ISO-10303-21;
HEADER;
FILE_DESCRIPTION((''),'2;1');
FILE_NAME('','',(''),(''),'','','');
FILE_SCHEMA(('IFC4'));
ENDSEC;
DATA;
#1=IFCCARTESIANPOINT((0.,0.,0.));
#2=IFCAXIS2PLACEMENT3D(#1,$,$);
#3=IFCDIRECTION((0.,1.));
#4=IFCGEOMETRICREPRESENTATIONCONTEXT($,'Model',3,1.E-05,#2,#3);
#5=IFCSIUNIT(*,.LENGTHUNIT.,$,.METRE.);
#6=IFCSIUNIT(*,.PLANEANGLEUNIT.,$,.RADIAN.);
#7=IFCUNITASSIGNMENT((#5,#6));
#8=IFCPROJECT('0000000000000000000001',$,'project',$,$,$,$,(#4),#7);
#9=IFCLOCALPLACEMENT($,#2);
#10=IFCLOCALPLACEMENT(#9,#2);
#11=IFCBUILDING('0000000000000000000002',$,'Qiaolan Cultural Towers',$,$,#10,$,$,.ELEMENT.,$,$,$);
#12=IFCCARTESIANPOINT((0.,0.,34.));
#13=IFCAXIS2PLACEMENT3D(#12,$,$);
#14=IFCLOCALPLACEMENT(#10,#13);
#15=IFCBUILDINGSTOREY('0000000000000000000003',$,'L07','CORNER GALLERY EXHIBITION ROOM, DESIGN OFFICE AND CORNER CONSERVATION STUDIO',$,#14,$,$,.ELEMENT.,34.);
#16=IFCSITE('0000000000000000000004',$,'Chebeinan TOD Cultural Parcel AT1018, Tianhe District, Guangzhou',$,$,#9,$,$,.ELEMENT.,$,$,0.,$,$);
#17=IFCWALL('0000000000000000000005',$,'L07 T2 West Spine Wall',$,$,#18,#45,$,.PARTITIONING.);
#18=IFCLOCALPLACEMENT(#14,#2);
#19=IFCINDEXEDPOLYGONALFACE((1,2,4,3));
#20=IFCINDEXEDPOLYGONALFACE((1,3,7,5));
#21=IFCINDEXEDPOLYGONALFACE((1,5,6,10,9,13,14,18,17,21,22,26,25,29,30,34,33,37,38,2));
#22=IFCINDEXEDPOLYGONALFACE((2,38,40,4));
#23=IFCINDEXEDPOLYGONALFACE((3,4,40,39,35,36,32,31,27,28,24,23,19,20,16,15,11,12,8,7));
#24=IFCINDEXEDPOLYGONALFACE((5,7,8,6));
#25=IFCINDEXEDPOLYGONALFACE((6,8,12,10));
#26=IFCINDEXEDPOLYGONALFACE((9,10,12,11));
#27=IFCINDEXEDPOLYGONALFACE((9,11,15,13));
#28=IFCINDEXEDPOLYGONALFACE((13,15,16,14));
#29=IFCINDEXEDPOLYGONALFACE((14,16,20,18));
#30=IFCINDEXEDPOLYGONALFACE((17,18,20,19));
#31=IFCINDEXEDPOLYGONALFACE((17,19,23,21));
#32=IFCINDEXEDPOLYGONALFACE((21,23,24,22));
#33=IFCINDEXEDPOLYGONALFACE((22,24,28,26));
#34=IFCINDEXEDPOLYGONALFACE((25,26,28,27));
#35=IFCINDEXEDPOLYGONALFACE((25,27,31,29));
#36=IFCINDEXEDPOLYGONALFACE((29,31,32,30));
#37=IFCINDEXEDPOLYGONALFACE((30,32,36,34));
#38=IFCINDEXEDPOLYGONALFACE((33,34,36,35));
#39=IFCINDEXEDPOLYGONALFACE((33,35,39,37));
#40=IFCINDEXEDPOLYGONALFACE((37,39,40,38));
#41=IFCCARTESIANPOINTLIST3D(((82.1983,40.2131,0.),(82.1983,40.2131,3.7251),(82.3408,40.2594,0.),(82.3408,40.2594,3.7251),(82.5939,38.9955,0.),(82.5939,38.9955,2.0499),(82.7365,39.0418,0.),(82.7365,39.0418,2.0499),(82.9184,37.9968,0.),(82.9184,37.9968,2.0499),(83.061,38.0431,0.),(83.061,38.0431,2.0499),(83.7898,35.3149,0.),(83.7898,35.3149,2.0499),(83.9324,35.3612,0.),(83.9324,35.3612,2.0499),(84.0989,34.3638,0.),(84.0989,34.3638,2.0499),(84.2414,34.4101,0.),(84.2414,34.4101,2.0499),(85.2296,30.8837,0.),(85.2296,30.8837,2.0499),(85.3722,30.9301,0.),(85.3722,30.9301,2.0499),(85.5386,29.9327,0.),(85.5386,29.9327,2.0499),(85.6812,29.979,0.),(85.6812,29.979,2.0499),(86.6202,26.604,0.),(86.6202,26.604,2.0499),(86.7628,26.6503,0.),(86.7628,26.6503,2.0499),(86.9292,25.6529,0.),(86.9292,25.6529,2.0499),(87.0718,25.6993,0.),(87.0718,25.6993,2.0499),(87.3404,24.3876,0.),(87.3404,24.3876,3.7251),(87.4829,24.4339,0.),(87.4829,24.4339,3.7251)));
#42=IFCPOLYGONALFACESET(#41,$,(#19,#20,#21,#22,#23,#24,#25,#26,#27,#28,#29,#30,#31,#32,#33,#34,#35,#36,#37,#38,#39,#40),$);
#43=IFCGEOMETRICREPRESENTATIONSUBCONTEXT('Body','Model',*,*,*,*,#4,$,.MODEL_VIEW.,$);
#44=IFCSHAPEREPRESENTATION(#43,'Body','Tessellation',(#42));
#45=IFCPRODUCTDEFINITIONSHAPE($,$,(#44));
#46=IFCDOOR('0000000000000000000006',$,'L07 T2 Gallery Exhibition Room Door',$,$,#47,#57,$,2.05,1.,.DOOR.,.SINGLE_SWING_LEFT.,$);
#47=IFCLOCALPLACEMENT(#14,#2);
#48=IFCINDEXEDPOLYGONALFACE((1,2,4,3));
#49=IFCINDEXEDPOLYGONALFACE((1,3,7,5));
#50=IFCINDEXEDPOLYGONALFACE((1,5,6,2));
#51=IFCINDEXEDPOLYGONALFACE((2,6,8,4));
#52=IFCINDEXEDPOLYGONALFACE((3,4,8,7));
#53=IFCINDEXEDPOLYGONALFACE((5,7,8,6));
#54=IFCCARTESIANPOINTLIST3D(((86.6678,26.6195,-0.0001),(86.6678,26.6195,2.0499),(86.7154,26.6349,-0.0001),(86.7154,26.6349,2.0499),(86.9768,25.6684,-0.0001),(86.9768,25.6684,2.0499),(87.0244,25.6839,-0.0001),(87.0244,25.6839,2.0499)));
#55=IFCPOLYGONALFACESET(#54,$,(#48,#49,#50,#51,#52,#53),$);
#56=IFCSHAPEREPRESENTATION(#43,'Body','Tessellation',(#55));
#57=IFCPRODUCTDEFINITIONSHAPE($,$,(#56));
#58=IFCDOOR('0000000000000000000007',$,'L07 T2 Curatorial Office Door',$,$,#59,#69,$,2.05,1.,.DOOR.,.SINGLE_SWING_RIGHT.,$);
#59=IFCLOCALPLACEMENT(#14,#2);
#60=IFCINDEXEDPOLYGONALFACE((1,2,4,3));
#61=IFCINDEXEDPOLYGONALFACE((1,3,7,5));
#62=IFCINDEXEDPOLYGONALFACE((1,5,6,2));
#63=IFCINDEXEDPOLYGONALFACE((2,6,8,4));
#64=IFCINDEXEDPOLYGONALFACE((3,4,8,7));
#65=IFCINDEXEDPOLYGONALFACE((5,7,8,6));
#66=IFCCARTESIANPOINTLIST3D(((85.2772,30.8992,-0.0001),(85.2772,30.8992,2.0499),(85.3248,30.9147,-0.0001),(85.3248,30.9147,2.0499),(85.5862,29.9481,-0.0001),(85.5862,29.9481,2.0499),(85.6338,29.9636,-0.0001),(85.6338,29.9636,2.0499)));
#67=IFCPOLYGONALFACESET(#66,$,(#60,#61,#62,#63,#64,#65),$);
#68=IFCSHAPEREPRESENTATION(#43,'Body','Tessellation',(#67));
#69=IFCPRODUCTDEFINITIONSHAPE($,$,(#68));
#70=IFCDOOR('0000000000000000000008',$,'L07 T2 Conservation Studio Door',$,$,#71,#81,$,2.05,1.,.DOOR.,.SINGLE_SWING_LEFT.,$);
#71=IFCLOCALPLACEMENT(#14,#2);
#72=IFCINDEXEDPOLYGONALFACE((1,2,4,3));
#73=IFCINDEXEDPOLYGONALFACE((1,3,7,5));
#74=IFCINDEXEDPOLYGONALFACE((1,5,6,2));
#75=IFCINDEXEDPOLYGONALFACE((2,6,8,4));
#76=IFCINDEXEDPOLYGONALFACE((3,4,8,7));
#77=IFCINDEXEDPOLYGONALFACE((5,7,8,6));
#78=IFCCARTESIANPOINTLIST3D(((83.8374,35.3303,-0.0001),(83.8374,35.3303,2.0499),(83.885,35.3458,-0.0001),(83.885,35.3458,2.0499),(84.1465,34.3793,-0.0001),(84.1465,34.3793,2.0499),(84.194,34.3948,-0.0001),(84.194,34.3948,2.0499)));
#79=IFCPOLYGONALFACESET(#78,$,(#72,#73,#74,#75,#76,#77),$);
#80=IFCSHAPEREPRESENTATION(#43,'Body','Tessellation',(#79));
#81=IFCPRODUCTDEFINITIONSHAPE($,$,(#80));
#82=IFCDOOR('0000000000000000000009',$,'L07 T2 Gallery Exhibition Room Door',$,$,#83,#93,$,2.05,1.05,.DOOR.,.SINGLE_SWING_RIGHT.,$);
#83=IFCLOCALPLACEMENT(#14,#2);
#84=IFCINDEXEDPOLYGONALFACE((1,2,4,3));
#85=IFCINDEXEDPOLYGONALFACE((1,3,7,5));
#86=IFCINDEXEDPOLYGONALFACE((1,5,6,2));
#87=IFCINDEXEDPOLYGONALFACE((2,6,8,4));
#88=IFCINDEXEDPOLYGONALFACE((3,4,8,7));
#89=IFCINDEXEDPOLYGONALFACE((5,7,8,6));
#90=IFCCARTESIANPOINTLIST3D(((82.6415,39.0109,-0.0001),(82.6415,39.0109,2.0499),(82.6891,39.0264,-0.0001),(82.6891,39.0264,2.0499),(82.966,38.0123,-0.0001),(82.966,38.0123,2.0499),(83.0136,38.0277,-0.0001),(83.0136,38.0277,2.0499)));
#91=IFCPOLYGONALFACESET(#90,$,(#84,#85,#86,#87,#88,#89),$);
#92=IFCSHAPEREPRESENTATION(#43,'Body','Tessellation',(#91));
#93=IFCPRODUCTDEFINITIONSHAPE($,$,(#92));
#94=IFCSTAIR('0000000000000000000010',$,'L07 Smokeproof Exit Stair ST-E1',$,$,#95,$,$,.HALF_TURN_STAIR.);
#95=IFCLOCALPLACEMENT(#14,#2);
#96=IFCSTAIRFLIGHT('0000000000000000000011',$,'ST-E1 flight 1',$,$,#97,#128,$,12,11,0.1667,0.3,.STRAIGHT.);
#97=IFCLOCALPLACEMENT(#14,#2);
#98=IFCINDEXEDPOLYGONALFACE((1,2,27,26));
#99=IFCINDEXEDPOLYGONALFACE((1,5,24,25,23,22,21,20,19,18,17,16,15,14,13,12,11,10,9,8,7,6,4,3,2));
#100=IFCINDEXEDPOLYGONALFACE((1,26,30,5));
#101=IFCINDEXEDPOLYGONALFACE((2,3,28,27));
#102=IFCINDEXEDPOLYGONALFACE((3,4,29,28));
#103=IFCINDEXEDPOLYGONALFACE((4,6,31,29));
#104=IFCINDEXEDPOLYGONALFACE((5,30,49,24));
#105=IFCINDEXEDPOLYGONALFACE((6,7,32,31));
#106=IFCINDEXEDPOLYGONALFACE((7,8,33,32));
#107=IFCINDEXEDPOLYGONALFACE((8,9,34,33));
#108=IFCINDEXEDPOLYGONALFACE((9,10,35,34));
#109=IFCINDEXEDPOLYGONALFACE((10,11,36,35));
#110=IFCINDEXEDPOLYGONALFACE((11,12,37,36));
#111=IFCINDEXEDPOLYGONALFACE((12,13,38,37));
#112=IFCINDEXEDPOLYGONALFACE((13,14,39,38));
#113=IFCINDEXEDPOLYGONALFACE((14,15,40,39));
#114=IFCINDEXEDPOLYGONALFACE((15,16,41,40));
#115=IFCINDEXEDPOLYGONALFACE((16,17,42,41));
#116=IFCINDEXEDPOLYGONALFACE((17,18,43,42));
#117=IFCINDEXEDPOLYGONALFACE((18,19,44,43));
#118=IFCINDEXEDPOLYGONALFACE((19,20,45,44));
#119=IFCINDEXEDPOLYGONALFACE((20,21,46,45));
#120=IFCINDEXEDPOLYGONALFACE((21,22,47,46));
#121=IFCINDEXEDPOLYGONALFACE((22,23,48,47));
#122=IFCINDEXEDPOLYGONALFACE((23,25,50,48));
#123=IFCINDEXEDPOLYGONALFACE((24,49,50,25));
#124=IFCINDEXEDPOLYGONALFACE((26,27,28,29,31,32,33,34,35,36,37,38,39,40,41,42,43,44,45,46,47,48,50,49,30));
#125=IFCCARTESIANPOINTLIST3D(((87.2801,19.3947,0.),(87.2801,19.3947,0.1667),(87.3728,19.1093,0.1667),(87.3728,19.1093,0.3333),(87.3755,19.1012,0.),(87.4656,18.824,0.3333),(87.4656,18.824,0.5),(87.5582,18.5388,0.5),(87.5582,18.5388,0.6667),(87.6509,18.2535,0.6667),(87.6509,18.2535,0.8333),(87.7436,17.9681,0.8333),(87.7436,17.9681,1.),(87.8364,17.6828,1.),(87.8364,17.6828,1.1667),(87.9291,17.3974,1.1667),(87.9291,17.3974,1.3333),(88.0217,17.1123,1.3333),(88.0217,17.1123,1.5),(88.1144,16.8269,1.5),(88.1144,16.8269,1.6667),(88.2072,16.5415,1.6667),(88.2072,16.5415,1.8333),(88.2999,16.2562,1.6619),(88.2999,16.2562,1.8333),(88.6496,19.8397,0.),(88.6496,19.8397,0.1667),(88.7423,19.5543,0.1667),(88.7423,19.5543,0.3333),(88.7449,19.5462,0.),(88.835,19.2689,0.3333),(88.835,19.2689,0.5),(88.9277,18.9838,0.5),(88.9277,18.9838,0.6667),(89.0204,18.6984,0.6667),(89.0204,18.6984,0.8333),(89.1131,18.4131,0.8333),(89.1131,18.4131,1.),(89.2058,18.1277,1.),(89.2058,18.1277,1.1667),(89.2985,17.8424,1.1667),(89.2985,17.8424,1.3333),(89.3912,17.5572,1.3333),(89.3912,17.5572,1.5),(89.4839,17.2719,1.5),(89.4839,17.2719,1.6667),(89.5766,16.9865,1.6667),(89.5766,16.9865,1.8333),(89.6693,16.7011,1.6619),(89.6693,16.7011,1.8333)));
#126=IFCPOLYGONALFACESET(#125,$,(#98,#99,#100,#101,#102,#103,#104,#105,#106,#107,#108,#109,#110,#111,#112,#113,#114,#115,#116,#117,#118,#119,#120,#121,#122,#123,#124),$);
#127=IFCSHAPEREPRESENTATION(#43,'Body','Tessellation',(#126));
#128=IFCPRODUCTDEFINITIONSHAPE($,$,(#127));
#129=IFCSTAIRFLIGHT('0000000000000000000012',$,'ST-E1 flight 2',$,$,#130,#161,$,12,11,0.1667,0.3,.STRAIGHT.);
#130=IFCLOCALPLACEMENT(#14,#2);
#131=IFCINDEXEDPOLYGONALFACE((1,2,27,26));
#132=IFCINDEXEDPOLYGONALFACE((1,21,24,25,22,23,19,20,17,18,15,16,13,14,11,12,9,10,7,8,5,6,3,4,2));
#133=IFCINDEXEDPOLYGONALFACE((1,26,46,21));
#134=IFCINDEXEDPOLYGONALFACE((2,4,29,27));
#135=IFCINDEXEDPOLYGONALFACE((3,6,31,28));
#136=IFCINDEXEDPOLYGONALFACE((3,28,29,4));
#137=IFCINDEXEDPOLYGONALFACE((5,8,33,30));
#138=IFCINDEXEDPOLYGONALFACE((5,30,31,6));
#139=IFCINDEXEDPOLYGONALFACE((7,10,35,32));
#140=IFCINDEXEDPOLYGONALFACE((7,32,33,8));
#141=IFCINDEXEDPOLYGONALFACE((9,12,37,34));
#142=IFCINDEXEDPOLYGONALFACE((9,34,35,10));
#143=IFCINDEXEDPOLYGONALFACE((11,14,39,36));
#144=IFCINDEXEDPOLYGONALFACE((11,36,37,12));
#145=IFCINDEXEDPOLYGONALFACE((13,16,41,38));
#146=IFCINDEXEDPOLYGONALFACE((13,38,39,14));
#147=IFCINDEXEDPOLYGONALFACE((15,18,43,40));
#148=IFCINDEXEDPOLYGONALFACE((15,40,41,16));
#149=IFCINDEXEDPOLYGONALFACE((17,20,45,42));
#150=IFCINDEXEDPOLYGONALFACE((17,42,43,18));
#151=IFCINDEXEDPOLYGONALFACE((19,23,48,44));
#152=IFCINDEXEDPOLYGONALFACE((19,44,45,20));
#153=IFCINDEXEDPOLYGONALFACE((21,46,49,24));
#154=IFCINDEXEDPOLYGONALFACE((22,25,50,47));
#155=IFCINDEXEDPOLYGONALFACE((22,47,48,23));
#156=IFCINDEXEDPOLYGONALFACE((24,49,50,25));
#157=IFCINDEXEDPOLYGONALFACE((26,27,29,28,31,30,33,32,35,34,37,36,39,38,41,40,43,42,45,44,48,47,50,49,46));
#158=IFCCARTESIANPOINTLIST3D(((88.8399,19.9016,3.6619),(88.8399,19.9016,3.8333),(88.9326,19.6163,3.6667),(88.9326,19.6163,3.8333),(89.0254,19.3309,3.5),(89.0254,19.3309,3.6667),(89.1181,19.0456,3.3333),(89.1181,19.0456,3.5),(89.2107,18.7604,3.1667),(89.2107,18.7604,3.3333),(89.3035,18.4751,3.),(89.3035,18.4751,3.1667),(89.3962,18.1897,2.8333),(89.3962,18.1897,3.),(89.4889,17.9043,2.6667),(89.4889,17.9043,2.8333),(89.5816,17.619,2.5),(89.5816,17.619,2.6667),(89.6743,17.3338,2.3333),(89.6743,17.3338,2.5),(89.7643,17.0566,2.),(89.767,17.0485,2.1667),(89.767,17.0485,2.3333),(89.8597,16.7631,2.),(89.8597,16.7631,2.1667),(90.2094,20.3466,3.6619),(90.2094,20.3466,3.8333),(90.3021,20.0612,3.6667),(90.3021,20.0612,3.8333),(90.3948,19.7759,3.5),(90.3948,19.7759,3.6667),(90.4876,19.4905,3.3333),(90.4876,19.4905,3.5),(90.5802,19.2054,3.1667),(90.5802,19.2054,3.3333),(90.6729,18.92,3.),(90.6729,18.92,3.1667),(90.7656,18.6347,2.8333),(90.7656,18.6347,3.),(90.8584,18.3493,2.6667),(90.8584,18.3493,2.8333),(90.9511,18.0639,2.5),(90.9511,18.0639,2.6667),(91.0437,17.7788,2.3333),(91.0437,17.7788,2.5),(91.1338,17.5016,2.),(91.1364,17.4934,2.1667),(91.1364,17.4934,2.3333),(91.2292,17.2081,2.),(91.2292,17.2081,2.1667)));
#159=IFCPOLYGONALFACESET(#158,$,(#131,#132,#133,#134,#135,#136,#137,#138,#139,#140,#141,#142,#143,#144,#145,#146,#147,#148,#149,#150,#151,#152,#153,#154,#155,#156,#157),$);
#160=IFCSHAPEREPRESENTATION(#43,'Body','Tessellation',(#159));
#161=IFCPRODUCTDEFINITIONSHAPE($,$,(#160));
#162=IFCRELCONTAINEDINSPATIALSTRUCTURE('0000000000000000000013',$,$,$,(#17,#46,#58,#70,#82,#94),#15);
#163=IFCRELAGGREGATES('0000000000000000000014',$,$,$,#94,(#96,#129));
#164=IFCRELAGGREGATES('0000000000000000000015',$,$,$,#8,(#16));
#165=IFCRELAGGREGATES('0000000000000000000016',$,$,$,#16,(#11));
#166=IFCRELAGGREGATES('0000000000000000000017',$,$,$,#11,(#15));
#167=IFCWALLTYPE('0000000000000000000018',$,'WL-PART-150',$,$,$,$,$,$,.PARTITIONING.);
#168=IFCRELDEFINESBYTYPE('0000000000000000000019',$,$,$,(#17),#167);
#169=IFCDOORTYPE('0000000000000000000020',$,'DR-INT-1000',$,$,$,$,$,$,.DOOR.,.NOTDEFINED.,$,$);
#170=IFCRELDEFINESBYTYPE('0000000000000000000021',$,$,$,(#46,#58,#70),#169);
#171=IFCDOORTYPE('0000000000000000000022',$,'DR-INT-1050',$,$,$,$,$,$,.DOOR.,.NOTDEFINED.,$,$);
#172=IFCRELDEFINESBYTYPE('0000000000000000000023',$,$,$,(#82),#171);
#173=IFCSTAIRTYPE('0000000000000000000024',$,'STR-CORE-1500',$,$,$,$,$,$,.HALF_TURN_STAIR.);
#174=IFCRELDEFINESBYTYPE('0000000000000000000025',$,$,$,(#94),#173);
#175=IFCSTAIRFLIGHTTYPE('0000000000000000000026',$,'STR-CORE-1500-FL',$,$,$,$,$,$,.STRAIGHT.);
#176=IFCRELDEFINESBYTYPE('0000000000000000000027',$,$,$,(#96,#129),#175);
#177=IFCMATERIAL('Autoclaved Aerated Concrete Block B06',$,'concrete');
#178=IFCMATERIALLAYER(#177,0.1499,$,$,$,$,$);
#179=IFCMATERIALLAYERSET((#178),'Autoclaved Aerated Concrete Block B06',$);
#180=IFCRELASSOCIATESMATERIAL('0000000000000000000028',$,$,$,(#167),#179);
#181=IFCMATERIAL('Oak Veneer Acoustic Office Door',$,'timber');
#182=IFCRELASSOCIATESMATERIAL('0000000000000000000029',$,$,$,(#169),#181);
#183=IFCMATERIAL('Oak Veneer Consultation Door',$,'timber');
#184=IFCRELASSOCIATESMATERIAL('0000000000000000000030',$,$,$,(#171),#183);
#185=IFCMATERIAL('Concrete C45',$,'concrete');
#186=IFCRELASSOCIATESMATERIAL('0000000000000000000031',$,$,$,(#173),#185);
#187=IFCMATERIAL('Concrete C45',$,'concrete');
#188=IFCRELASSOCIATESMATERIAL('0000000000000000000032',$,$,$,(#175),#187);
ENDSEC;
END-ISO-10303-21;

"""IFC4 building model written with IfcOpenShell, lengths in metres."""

from ifc_helpers import new_model, si_unit, direction, frame, frame_2d, origin, place, context, subcontext, project, spatial, polyline, rectangle, outline, extrude, material, layer, layer_set, type_object, element, fill, aggregate, save


model = new_model("IFC4")

# Units and contexts
model_context = context("Model", 3, precision=1e-05, world=origin(), true_north=direction((0.0, 1.0)))
body_context = subcontext(model_context, "Body", "Model", "MODEL_VIEW")
ifc_project = project(units=[si_unit("LENGTHUNIT", "METRE"), si_unit("PLANEANGLEUNIT", "RADIAN")], contexts=[model_context])

# Site, building, storey
site_placement = place(None, origin())
site = spatial("IfcSite", under=ifc_project, at=site_placement, Name="Chebeinan TOD Cultural Parcel AT1018, Tianhe District, Guangzhou", CompositionType="ELEMENT", RefElevation=0.0)
building_placement = place(site_placement, origin())
building = spatial("IfcBuilding", under=site, at=building_placement, Name="Qiaolan Cultural Towers", CompositionType="ELEMENT")
storey_placement = place(building_placement, frame((0.0, 0.0, 34.0)))
storey = spatial("IfcBuildingStorey", under=building, at=storey_placement, Name="L07", Description="CORNER GALLERY EXHIBITION ROOM, DESIGN OFFICE AND CORNER CONSERVATION STUDIO", CompositionType="ELEMENT", Elevation=34.0)

# Wall, openings, doors
ifc_material_1 = material(Name="Autoclaved Aerated Concrete Block B06", Category="concrete")
ifc_layer_1 = layer(ifc_material_1, 0.1499)
ifc_layer_set_1 = layer_set([ifc_layer_1], Name="Autoclaved Aerated Concrete Block B06")
wall_type_1 = type_object("IfcWallType", Name="WL-PART-150", PredefinedType="PARTITIONING", material=ifc_layer_set_1)
wall_1_placement = place(storey_placement, frame((87.4116, 24.4109, 0.0), z_axis=(0.0, 0.0, 1.0), x_axis=(-0.309022, 0.951055, 0.0)))
wall_1 = element("IfcWall", 1, at=wall_1_placement, inside=storey, type_object=wall_type_1, Name="L07 T2 West Spine Wall", PredefinedType="PARTITIONING", context=body_context, shape_type="SweptSolid", body=[
    extrude(rectangle(XDim=16.6399, YDim=0.1499, at=frame_2d((8.3198, 0.0))), origin(), (0.0, 0.0, 1.0), 3.7251),
])
opening_1_placement = place(wall_1_placement, frame((1.3303, 0.0, 0.0)))
opening_1 = element("IfcOpeningElement", 2, at=opening_1_placement, cuts=wall_1, PredefinedType="OPENING", context=body_context, shape_type="SweptSolid", body=[
    extrude(rectangle(XDim=1.0, YDim=2.05, at=frame_2d((0.5, 1.0249))), frame((0.0, 0.085, 0.0), z_axis=(0.0, -1.0, 0.0), x_axis=(1.0, 0.0, 0.0)), (0.0, 0.0, 1.0), 0.1699),
])
opening_2_placement = place(wall_1_placement, frame((5.8303, 0.0, 0.0)))
opening_2 = element("IfcOpeningElement", 3, at=opening_2_placement, cuts=wall_1, PredefinedType="OPENING", context=body_context, shape_type="SweptSolid", body=[
    extrude(rectangle(XDim=1.0, YDim=2.05, at=frame_2d((0.5, 1.0249))), frame((0.0, 0.085, 0.0), z_axis=(0.0, -1.0, 0.0), x_axis=(1.0, 0.0, 0.0)), (0.0, 0.0, 1.0), 0.1699),
])
opening_3_placement = place(wall_1_placement, frame((10.4895, 0.0, 0.0)))
opening_3 = element("IfcOpeningElement", 4, at=opening_3_placement, cuts=wall_1, PredefinedType="OPENING", context=body_context, shape_type="SweptSolid", body=[
    extrude(rectangle(XDim=1.0, YDim=2.05, at=frame_2d((0.5, 1.0249))), frame((0.0, 0.085, 0.0), z_axis=(0.0, -1.0, 0.0), x_axis=(1.0, 0.0, 0.0)), (0.0, 0.0, 1.0), 0.1699),
])
opening_4_placement = place(wall_1_placement, frame((14.3096, 0.0, 0.0)))
opening_4 = element("IfcOpeningElement", 5, at=opening_4_placement, cuts=wall_1, PredefinedType="OPENING", context=body_context, shape_type="SweptSolid", body=[
    extrude(rectangle(XDim=1.05, YDim=2.05, at=frame_2d((0.5249, 1.0249))), frame((0.0, 0.085, 0.0), z_axis=(0.0, -1.0, 0.0), x_axis=(1.0, 0.0, 0.0)), (0.0, 0.0, 1.0), 0.1699),
])
ifc_material_2 = material(Name="Oak Veneer Acoustic Office Door", Category="timber")
door_type_1 = type_object("IfcDoorType", Name="DR-INT-1000", OperationType="NOTDEFINED", PredefinedType="DOOR", material=ifc_material_2)
door_1_placement = place(opening_1_placement, origin())
door_1 = element("IfcDoor", 6, at=door_1_placement, inside=storey, type_object=door_type_1, Name="L07 T2 Gallery Exhibition Room Door", OperationType="SINGLE_SWING_LEFT", OverallHeight=2.05, OverallWidth=1.0, PredefinedType="DOOR", context=body_context, shape_type="SweptSolid", body=[
    extrude(rectangle(XDim=1.0, YDim=2.05, at=frame_2d((0.5, 1.0249))), frame((0.0, 0.0249, 0.0), z_axis=(0.0, -1.0, 0.0), x_axis=(1.0, 0.0, 0.0)), (0.0, 0.0, 1.0), 0.05),
])
fill(opening_1, door_1)
door_2_placement = place(opening_2_placement, origin())
door_2 = element("IfcDoor", 7, at=door_2_placement, inside=storey, type_object=door_type_1, Name="L07 T2 Curatorial Office Door", OperationType="SINGLE_SWING_RIGHT", OverallHeight=2.05, OverallWidth=1.0, PredefinedType="DOOR", context=body_context, shape_type="SweptSolid", body=[
    extrude(rectangle(XDim=1.0, YDim=2.05, at=frame_2d((0.5, 1.0249))), frame((0.0, 0.0249, 0.0), z_axis=(0.0, -1.0, 0.0), x_axis=(1.0, 0.0, 0.0)), (0.0, 0.0, 1.0), 0.05),
])
fill(opening_2, door_2)
door_3_placement = place(opening_3_placement, origin())
door_3 = element("IfcDoor", 8, at=door_3_placement, inside=storey, type_object=door_type_1, Name="L07 T2 Conservation Studio Door", OperationType="SINGLE_SWING_LEFT", OverallHeight=2.05, OverallWidth=1.0, PredefinedType="DOOR", context=body_context, shape_type="SweptSolid", body=[
    extrude(rectangle(XDim=1.0, YDim=2.05, at=frame_2d((0.5, 1.0249))), frame((0.0, 0.0249, 0.0), z_axis=(0.0, -1.0, 0.0), x_axis=(1.0, 0.0, 0.0)), (0.0, 0.0, 1.0), 0.05),
])
fill(opening_3, door_3)
ifc_material_3 = material(Name="Oak Veneer Consultation Door", Category="timber")
door_type_2 = type_object("IfcDoorType", Name="DR-INT-1050", OperationType="NOTDEFINED", PredefinedType="DOOR", material=ifc_material_3)
door_4_placement = place(opening_4_placement, origin())
door_4 = element("IfcDoor", 9, at=door_4_placement, inside=storey, type_object=door_type_2, Name="L07 T2 Gallery Exhibition Room Door", OperationType="SINGLE_SWING_RIGHT", OverallHeight=2.05, OverallWidth=1.05, PredefinedType="DOOR", context=body_context, shape_type="SweptSolid", body=[
    extrude(rectangle(XDim=1.05, YDim=2.05, at=frame_2d((0.5249, 1.0249))), frame((0.0, 0.0249, 0.0), z_axis=(0.0, -1.0, 0.0), x_axis=(1.0, 0.0, 0.0)), (0.0, 0.0, 1.0), 0.05),
])
fill(opening_4, door_4)

# Stair, stair flights
ifc_material_4 = material(Name="Concrete C45", Category="concrete")
stair_type = type_object("IfcStairType", Name="STR-CORE-1500", PredefinedType="HALF_TURN_STAIR", material=ifc_material_4)
stair_placement = place(storey_placement, origin())
stair = element("IfcStair", 10, at=stair_placement, inside=storey, type_object=stair_type, Name="L07 Smokeproof Exit Stair ST-E1", PredefinedType="HALF_TURN_STAIR")
ifc_material_5 = material(Name="Concrete C45", Category="concrete")
stair_flight_type = type_object("IfcStairFlightType", Name="STR-CORE-1500-FL", PredefinedType="STRAIGHT", material=ifc_material_5)
stair_flight_1_placement = place(storey_placement, frame((87.9648, 19.6172, 0.0), z_axis=(0.0, 0.0, 1.0), x_axis=(0.309017, -0.951057, 0.0)))
stair_flight_1 = element("IfcStairFlight", 11, at=stair_flight_1_placement, type_object=stair_flight_type, Name="ST-E1 flight 1", NumberOfRisers=12, NumberOfTreads=11, PredefinedType="STRAIGHT", RiserHeight=0.1667, TreadLength=0.3, context=body_context, shape_type="SweptSolid", body=[
    extrude(outline(polyline([(0.0, 0.0), (0.0, 0.1667), (0.3, 0.1667), (0.3, 0.3333), (0.6001, 0.3333), (0.6001, 0.5), (0.8999, 0.5), (0.8999, 0.6667), (1.2, 0.6667), (1.2, 0.8333), (1.5, 0.8333), (1.5, 1.0), (1.8, 1.0), (1.8, 1.1667), (2.1001, 1.1667), (2.1001, 1.3333), (2.3999, 1.3333), (2.3999, 1.5), (2.7, 1.5), (2.7, 1.6667), (3.0, 1.6667), (3.0, 1.8333), (3.3, 1.8333), (3.3, 2.0), (3.3, 1.6619), (0.3086, 0.0), (0.0, 0.0)])), frame((0.0, 0.72, 0.0), z_axis=(0.0, -1.0, 0.0), x_axis=(1.0, 0.0, 0.0)), (0.0, 0.0, 1.0), 1.4399),
])
stair_flight_2_placement = place(storey_placement, frame((90.5444, 16.9856, 2.0), z_axis=(0.0, 0.0, 1.0), x_axis=(-0.309017, 0.951057, 0.0)))
stair_flight_2 = element("IfcStairFlight", 12, at=stair_flight_2_placement, type_object=stair_flight_type, Name="ST-E1 flight 2", NumberOfRisers=12, NumberOfTreads=11, PredefinedType="STRAIGHT", RiserHeight=0.1667, TreadLength=0.3, context=body_context, shape_type="SweptSolid", body=[
    extrude(outline(polyline([(0.0, 0.0), (0.0, 0.1667), (0.3, 0.1667), (0.3, 0.3333), (0.6001, 0.3333), (0.6001, 0.5), (0.8999, 0.5), (0.8999, 0.6667), (1.2, 0.6667), (1.2, 0.8333), (1.5, 0.8333), (1.5, 1.0), (1.8, 1.0), (1.8, 1.1667), (2.1001, 1.1667), (2.1001, 1.3333), (2.3999, 1.3333), (2.3999, 1.5), (2.7, 1.5), (2.7, 1.6667), (3.0, 1.6667), (3.0, 1.8333), (3.3, 1.8333), (3.3, 2.0), (3.3, 1.6619), (0.3086, 0.0), (0.0, 0.0)])), frame((0.0, 0.72, 0.0), z_axis=(0.0, -1.0, 0.0), x_axis=(1.0, 0.0, 0.0)), (0.0, 0.0, 1.0), 1.4399),
])
aggregate(stair, [stair_flight_1, stair_flight_2])

save(model, "model.ifc")
